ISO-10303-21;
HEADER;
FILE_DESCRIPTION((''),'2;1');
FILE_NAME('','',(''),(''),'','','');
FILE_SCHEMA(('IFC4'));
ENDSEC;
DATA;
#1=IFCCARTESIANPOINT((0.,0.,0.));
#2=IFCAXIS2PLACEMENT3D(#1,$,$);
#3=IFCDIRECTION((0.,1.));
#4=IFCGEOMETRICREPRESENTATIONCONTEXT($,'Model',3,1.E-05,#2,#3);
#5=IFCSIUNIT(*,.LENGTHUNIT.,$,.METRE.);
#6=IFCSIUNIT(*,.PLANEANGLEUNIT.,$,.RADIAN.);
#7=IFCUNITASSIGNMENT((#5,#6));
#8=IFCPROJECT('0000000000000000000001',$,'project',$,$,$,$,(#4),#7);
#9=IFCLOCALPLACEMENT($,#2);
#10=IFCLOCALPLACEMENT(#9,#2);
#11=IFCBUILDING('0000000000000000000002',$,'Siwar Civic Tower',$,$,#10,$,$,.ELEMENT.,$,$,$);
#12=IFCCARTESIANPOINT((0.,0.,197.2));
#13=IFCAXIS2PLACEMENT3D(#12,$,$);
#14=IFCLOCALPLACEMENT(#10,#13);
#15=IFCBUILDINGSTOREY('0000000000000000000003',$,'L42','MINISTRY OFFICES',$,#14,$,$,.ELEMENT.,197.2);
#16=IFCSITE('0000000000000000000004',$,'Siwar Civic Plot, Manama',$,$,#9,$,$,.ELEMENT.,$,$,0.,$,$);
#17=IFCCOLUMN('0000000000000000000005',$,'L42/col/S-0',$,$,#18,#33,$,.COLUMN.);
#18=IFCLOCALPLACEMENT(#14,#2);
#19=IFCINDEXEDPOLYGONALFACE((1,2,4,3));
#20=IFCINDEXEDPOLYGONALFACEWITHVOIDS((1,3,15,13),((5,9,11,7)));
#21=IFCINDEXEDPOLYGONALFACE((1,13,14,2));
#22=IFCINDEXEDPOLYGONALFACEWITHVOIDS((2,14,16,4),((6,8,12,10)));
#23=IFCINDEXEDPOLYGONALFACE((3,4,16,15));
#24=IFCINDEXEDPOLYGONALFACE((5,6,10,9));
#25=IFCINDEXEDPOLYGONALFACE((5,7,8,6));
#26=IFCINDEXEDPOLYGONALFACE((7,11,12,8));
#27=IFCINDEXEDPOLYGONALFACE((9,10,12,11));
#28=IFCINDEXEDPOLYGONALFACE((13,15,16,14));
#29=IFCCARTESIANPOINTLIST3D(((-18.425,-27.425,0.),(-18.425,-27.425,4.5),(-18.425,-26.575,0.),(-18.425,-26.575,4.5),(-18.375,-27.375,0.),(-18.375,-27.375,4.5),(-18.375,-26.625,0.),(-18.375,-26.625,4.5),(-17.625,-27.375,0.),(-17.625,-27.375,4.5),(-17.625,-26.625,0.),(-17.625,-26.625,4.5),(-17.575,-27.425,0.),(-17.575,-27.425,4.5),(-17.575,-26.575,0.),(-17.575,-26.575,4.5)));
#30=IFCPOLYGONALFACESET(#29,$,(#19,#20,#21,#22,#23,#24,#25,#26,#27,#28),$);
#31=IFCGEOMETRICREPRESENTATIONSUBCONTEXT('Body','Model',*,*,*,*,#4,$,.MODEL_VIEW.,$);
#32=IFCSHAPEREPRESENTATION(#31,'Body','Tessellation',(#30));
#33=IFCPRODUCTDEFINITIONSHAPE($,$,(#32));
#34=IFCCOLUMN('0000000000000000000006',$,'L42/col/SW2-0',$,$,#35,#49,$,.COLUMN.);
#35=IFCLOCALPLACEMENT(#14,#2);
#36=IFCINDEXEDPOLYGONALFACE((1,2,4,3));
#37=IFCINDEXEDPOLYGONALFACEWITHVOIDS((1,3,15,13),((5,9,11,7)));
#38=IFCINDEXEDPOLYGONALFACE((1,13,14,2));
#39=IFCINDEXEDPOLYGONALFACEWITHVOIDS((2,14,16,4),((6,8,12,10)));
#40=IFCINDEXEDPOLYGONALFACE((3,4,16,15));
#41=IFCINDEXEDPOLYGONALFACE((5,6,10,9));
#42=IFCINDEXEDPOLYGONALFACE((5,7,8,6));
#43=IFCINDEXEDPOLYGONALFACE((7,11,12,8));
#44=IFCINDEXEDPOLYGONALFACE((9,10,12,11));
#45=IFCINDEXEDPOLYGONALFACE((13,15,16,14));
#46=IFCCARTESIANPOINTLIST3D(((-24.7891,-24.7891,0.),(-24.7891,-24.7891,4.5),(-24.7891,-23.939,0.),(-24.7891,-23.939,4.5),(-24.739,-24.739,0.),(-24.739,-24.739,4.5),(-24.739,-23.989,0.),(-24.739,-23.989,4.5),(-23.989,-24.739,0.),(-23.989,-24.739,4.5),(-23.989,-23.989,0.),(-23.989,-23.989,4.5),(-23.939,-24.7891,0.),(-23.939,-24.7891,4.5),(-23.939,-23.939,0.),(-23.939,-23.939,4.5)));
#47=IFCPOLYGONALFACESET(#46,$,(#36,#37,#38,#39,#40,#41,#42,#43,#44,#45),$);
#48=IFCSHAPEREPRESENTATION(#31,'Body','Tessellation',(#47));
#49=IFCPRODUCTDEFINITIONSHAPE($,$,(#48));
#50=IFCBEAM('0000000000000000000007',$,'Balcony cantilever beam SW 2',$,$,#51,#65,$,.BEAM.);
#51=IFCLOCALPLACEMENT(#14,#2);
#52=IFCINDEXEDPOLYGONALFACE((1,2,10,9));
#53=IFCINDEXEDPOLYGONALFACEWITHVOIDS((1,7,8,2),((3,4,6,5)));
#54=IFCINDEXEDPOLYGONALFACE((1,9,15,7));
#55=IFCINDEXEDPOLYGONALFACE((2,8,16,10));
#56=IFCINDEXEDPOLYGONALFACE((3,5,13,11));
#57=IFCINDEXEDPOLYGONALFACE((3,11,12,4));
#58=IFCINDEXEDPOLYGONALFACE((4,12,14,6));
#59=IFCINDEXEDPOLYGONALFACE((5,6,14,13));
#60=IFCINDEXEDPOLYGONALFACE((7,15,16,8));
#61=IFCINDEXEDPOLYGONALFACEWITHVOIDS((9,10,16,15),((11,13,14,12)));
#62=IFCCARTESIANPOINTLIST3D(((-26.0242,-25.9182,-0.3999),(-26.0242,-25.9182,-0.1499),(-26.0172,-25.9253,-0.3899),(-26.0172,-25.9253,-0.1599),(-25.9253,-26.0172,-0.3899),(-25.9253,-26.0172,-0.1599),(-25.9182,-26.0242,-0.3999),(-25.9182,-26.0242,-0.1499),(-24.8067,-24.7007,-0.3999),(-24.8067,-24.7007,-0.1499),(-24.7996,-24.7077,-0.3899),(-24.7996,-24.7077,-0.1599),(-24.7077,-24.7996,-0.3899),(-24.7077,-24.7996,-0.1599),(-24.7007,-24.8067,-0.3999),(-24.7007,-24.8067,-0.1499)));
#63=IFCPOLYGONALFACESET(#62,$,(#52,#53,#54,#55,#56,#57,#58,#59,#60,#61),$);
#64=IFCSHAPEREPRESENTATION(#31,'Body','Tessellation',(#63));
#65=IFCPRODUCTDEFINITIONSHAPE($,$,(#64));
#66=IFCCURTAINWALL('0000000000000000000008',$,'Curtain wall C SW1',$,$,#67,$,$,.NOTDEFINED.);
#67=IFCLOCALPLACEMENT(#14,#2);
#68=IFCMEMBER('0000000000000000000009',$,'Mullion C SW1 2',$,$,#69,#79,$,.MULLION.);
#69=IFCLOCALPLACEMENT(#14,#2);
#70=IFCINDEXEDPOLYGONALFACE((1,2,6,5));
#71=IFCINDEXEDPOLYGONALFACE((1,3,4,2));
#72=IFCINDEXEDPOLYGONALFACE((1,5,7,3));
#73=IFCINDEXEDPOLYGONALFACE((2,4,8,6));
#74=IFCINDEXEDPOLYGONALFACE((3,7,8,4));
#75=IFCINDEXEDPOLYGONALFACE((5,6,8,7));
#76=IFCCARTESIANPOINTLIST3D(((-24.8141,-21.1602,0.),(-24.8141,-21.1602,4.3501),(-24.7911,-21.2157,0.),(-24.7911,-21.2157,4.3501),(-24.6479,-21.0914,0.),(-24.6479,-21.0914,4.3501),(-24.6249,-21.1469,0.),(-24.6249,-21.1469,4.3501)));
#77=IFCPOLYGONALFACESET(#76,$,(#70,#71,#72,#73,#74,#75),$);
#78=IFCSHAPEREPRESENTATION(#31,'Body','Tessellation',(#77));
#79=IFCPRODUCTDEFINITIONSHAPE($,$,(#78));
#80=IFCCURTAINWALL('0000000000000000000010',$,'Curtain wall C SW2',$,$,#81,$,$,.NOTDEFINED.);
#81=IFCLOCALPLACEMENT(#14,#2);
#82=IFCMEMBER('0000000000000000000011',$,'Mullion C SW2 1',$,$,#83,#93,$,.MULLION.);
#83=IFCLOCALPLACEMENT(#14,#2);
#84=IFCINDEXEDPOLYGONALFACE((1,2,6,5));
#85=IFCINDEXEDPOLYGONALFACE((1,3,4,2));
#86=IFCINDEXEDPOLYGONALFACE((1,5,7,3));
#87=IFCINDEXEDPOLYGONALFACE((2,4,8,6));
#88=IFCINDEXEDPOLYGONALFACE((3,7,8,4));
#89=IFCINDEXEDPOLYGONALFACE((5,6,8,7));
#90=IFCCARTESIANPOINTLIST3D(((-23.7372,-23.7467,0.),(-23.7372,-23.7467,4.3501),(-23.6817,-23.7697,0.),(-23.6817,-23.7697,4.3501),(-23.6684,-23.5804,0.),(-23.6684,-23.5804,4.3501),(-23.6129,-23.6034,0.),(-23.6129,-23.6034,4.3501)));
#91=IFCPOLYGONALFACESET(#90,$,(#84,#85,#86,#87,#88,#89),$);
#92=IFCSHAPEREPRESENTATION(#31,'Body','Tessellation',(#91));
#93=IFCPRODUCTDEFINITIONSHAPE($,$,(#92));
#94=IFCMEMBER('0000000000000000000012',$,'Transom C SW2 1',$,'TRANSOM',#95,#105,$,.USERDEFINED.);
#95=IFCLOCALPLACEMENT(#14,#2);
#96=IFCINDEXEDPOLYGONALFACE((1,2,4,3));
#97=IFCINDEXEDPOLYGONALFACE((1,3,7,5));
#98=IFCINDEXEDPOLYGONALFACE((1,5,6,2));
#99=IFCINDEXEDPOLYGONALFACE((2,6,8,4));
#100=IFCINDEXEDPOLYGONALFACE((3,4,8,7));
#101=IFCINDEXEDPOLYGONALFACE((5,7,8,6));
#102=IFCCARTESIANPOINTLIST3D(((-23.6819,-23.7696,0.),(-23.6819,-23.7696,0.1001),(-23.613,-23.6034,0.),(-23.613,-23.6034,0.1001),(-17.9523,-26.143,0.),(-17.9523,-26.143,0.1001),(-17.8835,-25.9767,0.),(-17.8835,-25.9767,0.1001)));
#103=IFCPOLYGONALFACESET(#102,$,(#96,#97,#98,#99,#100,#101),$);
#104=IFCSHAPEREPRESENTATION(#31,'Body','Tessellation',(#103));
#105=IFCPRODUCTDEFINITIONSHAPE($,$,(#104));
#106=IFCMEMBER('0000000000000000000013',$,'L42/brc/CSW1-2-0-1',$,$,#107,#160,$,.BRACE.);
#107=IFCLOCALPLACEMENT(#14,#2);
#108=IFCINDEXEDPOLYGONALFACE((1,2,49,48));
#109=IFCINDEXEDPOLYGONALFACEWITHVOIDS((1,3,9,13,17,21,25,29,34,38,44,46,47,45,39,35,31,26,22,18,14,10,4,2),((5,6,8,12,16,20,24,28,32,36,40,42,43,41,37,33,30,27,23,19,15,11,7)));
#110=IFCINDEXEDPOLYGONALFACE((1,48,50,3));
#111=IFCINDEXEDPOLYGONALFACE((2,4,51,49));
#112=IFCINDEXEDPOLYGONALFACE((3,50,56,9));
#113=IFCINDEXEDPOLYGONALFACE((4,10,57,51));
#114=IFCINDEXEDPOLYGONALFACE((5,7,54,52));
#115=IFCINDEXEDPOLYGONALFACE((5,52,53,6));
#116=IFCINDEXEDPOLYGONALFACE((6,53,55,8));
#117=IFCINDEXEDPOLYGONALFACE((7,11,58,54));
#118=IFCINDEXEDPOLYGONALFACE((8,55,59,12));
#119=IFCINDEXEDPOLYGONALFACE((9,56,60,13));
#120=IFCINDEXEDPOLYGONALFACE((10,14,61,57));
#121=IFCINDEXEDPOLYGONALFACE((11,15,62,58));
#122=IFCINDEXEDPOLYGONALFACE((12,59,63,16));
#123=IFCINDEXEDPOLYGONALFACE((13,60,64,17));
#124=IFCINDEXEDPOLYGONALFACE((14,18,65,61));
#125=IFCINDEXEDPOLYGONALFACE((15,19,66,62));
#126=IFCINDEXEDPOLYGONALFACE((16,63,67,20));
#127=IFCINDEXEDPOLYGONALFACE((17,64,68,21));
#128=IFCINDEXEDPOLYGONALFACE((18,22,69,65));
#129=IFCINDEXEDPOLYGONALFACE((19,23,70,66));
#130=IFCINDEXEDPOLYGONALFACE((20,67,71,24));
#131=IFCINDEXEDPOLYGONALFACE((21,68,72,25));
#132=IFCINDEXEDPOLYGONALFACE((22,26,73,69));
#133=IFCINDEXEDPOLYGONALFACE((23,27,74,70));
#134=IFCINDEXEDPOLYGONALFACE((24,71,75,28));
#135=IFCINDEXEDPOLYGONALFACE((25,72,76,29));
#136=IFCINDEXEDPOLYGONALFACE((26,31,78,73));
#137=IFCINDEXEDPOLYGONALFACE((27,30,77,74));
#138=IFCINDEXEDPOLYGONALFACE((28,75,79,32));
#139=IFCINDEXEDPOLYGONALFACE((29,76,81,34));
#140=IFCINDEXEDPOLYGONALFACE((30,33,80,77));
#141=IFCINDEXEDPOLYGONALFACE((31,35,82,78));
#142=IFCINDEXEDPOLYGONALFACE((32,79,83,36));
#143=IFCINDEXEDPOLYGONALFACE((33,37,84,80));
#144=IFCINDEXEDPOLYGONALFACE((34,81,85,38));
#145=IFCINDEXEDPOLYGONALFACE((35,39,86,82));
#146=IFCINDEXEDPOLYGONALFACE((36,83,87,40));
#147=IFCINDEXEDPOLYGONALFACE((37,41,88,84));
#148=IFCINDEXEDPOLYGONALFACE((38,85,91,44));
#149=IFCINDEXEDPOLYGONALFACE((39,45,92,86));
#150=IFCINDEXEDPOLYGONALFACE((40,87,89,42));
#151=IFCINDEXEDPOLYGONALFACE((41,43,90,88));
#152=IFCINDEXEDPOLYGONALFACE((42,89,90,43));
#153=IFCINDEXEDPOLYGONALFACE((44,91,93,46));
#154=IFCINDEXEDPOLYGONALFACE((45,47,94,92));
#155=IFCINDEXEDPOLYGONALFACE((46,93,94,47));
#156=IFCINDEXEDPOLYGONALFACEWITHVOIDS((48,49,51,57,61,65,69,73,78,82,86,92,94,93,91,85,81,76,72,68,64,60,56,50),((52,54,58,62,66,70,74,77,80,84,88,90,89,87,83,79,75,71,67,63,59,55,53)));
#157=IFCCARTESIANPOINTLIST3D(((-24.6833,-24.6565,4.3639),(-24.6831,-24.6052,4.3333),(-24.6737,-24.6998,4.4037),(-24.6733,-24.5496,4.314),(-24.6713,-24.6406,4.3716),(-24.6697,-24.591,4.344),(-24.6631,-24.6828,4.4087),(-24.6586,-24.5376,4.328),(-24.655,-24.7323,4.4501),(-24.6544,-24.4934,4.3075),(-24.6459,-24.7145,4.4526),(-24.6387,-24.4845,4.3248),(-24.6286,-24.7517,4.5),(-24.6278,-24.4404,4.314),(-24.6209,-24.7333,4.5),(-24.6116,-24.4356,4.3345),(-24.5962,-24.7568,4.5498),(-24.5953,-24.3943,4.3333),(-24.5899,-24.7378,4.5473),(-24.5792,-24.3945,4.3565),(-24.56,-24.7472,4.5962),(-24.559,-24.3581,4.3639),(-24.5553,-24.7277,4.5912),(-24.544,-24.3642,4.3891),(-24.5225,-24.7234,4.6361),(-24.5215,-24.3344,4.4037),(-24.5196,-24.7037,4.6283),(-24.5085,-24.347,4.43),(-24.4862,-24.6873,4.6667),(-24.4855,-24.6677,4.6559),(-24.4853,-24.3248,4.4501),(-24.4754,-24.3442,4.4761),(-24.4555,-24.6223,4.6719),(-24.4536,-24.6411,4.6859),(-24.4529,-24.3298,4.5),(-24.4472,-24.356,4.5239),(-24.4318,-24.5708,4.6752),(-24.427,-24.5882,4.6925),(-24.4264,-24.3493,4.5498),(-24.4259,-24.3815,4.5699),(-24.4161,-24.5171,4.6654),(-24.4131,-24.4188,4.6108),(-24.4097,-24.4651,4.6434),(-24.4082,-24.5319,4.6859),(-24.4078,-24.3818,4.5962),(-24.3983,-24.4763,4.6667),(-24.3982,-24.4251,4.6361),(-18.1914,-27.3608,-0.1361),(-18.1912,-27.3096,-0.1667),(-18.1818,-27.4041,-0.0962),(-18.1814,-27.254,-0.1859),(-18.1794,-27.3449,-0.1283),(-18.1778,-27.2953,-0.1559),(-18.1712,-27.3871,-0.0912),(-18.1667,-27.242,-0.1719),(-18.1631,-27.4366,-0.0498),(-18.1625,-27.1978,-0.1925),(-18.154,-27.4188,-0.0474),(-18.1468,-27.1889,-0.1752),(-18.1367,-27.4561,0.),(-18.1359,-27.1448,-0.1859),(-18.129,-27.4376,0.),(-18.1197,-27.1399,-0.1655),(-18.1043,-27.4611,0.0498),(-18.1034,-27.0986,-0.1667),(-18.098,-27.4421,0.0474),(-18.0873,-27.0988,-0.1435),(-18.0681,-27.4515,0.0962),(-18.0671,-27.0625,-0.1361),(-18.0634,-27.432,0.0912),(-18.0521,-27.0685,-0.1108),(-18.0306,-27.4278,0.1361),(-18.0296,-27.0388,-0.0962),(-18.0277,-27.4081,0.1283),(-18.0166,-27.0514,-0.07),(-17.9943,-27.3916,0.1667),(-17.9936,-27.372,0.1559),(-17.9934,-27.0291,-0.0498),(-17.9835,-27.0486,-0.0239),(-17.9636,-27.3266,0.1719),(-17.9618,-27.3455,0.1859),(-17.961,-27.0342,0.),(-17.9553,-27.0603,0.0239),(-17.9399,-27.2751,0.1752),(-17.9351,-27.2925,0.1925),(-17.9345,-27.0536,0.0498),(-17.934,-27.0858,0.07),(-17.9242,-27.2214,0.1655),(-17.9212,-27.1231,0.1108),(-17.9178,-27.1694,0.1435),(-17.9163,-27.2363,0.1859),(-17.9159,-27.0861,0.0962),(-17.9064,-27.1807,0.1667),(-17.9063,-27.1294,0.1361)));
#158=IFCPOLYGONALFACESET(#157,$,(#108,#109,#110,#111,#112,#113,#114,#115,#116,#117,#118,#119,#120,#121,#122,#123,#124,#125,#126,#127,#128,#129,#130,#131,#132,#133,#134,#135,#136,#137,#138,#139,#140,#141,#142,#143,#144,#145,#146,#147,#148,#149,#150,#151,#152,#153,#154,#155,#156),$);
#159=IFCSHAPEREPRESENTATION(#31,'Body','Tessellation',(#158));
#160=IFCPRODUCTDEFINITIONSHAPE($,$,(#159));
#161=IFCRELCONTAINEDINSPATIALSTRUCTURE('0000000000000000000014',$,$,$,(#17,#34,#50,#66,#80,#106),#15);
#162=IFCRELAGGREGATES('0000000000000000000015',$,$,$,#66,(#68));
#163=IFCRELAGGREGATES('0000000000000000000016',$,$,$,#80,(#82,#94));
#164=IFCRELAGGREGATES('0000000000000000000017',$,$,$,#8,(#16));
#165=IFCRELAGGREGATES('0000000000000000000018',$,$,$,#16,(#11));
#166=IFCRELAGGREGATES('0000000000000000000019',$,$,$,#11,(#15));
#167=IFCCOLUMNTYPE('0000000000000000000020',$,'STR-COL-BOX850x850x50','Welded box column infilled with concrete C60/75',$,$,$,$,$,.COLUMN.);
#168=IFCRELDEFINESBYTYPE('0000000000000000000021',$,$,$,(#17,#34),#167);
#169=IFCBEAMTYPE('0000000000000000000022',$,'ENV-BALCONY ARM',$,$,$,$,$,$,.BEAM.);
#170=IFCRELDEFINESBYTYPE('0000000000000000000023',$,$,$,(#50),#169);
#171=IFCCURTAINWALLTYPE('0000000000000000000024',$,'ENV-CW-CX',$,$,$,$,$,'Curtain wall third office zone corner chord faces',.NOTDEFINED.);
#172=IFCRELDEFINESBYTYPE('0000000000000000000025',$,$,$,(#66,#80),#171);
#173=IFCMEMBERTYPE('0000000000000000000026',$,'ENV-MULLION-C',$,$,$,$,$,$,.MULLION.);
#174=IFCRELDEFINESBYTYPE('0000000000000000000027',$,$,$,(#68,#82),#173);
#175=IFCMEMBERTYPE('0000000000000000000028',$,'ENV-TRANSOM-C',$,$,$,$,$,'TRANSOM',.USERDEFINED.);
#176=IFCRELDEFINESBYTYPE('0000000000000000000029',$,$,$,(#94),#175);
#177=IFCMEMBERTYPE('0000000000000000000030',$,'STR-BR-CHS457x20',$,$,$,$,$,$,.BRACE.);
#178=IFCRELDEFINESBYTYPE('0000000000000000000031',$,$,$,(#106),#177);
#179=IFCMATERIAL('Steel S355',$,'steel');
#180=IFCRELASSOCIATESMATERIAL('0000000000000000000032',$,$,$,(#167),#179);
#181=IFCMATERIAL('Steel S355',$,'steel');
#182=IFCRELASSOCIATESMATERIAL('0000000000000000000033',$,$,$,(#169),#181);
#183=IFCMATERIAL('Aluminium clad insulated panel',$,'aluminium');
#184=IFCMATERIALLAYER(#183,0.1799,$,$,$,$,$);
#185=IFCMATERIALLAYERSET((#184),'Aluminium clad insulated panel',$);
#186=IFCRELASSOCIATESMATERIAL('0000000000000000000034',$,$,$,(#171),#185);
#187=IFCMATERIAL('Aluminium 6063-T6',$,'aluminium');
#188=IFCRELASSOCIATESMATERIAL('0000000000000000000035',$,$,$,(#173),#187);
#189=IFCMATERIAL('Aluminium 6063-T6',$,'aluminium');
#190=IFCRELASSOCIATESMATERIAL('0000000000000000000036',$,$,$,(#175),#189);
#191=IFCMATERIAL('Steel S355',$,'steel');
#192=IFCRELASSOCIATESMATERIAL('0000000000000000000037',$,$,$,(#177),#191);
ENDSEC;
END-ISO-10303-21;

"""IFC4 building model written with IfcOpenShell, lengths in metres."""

from ifc_helpers import new_model, si_unit, direction, frame, origin, origin_2d, place, context, subcontext, project, spatial, rectangle, hollow_rectangle, hollow_circle, extrude, material, layer, layer_set, material_profile, profile_set, type_object, element, aggregate, save


model = new_model("IFC4")

# Units and contexts
model_context = context("Model", 3, precision=1e-05, world=origin(), true_north=direction((0.0, 1.0)))
body_context = subcontext(model_context, "Body", "Model", "MODEL_VIEW")
ifc_project = project(units=[si_unit("LENGTHUNIT", "METRE"), si_unit("PLANEANGLEUNIT", "RADIAN")], contexts=[model_context])

# Site, building, storey
site_placement = place(None, origin())
site = spatial("IfcSite", under=ifc_project, at=site_placement, Name="Siwar Civic Plot, Manama", CompositionType="ELEMENT", RefElevation=0.0)
building_placement = place(site_placement, origin())
building = spatial("IfcBuilding", under=site, at=building_placement, Name="Siwar Civic Tower", CompositionType="ELEMENT")
storey_placement = place(building_placement, frame((0.0, 0.0, 197.2)))
storey = spatial("IfcBuildingStorey", under=building, at=storey_placement, Name="L42", Description="MINISTRY OFFICES", CompositionType="ELEMENT", Elevation=197.2)

# Columns
ifc_material_1 = material(Name="Steel S355", Category="steel")
ifc_material_profile_1 = material_profile(ifc_material_1, hollow_rectangle(XDim=0.8501, YDim=0.8501, WallThickness=0.05, at=origin_2d()), Name="BOX850x850x50")
ifc_profile_set_1 = profile_set([ifc_material_profile_1], Name="Steel S355")
column_type = type_object("IfcColumnType", Name="STR-COL-BOX850x850x50", Description="Welded box column infilled with concrete C60/75", PredefinedType="COLUMN", material=ifc_profile_set_1)
for number, where, z_axis, x_axis, name in (
    (1, (-18.0, -27.0, 0.0), (0.0, 0.0, 1.0), (1.0, 0.0, 0.0), "L42/col/S-0"),
    (2, (-24.364, -24.364, 0.0), (0.0, 0.0, 1.0), (1.0, 0.0, 0.0), "L42/col/SW2-0"),
):
    element("IfcColumn", number, at=place(storey_placement, frame(where, z_axis=z_axis, x_axis=x_axis)), inside=storey, type_object=column_type, Name=name, PredefinedType="COLUMN", context=body_context, shape_type="SweptSolid", body=[
        extrude(hollow_rectangle(XDim=0.8501, YDim=0.8501, WallThickness=0.05, at=origin_2d()), origin(), (0.0, 0.0, 1.0), 4.5),
    ])

# Beam
ifc_material_2 = material(Name="Steel S355", Category="steel")
ifc_material_profile_2 = material_profile(ifc_material_2, hollow_rectangle(XDim=0.1499, YDim=0.25, WallThickness=0.01, at=origin_2d()), Name="RHS250x150x10")
ifc_profile_set_2 = profile_set([ifc_material_profile_2], Name="Steel S355")
beam_type_1 = type_object("IfcBeamType", Name="ENV-BALCONY ARM", PredefinedType="BEAM", material=ifc_profile_set_2)
beam_1_placement = place(storey_placement, frame((-24.7537, -24.7537, -0.2749), z_axis=(-0.707107, -0.707107, 0.0), x_axis=(0.707107, -0.707107, 0.0)))
element("IfcBeam", 3, at=beam_1_placement, inside=storey, type_object=beam_type_1, Name="Balcony cantilever beam SW 2", PredefinedType="BEAM", context=body_context, shape_type="SweptSolid", body=[
    extrude(hollow_rectangle(XDim=0.1499, YDim=0.25, WallThickness=0.01, at=origin_2d()), origin(), (0.0, 0.0, 1.0), 1.7219),
])

# Curtain wall, member
ifc_material_3 = material(Name="Aluminium clad insulated panel", Category="aluminium")
ifc_layer_1 = layer(ifc_material_3, 0.1799)
ifc_layer_set_1 = layer_set([ifc_layer_1], Name="Aluminium clad insulated panel")
curtain_wall_type = type_object("IfcCurtainWallType", Name="ENV-CW-CX", ElementType="Curtain wall third office zone corner chord faces", PredefinedType="NOTDEFINED", material=ifc_layer_set_1)
curtain_wall_1_placement = place(storey_placement, origin())
curtain_wall_1 = element("IfcCurtainWall", 4, at=curtain_wall_1_placement, inside=storey, type_object=curtain_wall_type, Name="Curtain wall C SW1", PredefinedType="NOTDEFINED")
ifc_material_4 = material(Name="Aluminium 6063-T6", Category="aluminium")
ifc_material_profile_3 = material_profile(ifc_material_4, rectangle(XDim=0.1799, YDim=0.0601, at=origin_2d()), Name="AL 180x60")
ifc_profile_set_3 = profile_set([ifc_material_profile_3], Name="Aluminium 6063-T6")
member_type_1 = type_object("IfcMemberType", Name="ENV-MULLION-C", PredefinedType="MULLION", material=ifc_profile_set_3)
member_1_placement = place(storey_placement, frame((-24.7195, -21.1536, 0.0), z_axis=(0.0, 0.0, 1.0), x_axis=(0.92388, 0.382683, 0.0)))
member_1 = element("IfcMember", 5, at=member_1_placement, type_object=member_type_1, Name="Mullion C SW1 2", PredefinedType="MULLION", context=body_context, shape_type="SweptSolid", body=[
    extrude(rectangle(XDim=0.1799, YDim=0.0601, at=origin_2d()), origin(), (0.0, 0.0, 1.0), 4.3501),
])
aggregate(curtain_wall_1, [member_1])

# Curtain wall, members
curtain_wall_2_placement = place(storey_placement, origin())
curtain_wall_2 = element("IfcCurtainWall", 6, at=curtain_wall_2_placement, inside=storey, type_object=curtain_wall_type, Name="Curtain wall C SW2", PredefinedType="NOTDEFINED")
member_2_placement = place(storey_placement, frame((-23.675, -23.675, 0.0), z_axis=(0.0, 0.0, 1.0), x_axis=(0.382683, 0.92388, 0.0)))
member_2 = element("IfcMember", 7, at=member_2_placement, type_object=member_type_1, Name="Mullion C SW2 1", PredefinedType="MULLION", context=body_context, shape_type="SweptSolid", body=[
    extrude(rectangle(XDim=0.1799, YDim=0.0601, at=origin_2d()), origin(), (0.0, 0.0, 1.0), 4.3501),
])
ifc_material_5 = material(Name="Aluminium 6063-T6", Category="aluminium")
ifc_material_profile_4 = material_profile(ifc_material_5, rectangle(XDim=0.1799, YDim=0.1001, at=origin_2d()), Name="AL 180x100")
ifc_profile_set_4 = profile_set([ifc_material_profile_4], Name="Aluminium 6063-T6")
member_type_2 = type_object("IfcMemberType", Name="ENV-TRANSOM-C", ElementType="TRANSOM", PredefinedType="USERDEFINED", material=ifc_profile_set_4)
member_3_placement = place(storey_placement, frame((-23.6475, -23.6865, 0.05), z_axis=(0.923876, -0.382691, 0.0), x_axis=(0.382691, 0.923876, 0.0)))
member_3 = element("IfcMember", 8, at=member_3_placement, type_object=member_type_2, Name="Transom C SW2 1", ObjectType="TRANSOM", PredefinedType="USERDEFINED", context=body_context, shape_type="SweptSolid", body=[
    extrude(rectangle(XDim=0.1799, YDim=0.1001, at=origin_2d()), origin(), (0.0, 0.0, 1.0), 6.2017),
])

# Member
ifc_material_6 = material(Name="Steel S355", Category="steel")
ifc_material_profile_5 = material_profile(ifc_material_6, hollow_circle(Radius=0.2285, WallThickness=0.02, at=origin_2d()), Name="CHS457x20")
ifc_profile_set_5 = profile_set([ifc_material_profile_5], Name="Steel S355")
member_type_3 = type_object("IfcMemberType", Name="STR-BR-CHS457x20", PredefinedType="BRACE", material=ifc_profile_set_5)
member_4_placement = place(storey_placement, frame((-18.0488, -27.2451, 0.0), z_axis=(-0.777555, 0.323906, 0.538975), x_axis=(-0.384539, -0.923109, 0.0)))
element("IfcMember", 9, at=member_4_placement, inside=storey, type_object=member_type_3, Name="L42/brc/CSW1-2-0-1", PredefinedType="BRACE", context=body_context, shape_type="SweptSolid", body=[
    extrude(hollow_circle(Radius=0.2285, WallThickness=0.02, at=origin_2d()), origin(), (0.0, 0.0, 1.0), 8.3491),
])

aggregate(curtain_wall_2, [member_2, member_3])

save(model, "model.ifc")
